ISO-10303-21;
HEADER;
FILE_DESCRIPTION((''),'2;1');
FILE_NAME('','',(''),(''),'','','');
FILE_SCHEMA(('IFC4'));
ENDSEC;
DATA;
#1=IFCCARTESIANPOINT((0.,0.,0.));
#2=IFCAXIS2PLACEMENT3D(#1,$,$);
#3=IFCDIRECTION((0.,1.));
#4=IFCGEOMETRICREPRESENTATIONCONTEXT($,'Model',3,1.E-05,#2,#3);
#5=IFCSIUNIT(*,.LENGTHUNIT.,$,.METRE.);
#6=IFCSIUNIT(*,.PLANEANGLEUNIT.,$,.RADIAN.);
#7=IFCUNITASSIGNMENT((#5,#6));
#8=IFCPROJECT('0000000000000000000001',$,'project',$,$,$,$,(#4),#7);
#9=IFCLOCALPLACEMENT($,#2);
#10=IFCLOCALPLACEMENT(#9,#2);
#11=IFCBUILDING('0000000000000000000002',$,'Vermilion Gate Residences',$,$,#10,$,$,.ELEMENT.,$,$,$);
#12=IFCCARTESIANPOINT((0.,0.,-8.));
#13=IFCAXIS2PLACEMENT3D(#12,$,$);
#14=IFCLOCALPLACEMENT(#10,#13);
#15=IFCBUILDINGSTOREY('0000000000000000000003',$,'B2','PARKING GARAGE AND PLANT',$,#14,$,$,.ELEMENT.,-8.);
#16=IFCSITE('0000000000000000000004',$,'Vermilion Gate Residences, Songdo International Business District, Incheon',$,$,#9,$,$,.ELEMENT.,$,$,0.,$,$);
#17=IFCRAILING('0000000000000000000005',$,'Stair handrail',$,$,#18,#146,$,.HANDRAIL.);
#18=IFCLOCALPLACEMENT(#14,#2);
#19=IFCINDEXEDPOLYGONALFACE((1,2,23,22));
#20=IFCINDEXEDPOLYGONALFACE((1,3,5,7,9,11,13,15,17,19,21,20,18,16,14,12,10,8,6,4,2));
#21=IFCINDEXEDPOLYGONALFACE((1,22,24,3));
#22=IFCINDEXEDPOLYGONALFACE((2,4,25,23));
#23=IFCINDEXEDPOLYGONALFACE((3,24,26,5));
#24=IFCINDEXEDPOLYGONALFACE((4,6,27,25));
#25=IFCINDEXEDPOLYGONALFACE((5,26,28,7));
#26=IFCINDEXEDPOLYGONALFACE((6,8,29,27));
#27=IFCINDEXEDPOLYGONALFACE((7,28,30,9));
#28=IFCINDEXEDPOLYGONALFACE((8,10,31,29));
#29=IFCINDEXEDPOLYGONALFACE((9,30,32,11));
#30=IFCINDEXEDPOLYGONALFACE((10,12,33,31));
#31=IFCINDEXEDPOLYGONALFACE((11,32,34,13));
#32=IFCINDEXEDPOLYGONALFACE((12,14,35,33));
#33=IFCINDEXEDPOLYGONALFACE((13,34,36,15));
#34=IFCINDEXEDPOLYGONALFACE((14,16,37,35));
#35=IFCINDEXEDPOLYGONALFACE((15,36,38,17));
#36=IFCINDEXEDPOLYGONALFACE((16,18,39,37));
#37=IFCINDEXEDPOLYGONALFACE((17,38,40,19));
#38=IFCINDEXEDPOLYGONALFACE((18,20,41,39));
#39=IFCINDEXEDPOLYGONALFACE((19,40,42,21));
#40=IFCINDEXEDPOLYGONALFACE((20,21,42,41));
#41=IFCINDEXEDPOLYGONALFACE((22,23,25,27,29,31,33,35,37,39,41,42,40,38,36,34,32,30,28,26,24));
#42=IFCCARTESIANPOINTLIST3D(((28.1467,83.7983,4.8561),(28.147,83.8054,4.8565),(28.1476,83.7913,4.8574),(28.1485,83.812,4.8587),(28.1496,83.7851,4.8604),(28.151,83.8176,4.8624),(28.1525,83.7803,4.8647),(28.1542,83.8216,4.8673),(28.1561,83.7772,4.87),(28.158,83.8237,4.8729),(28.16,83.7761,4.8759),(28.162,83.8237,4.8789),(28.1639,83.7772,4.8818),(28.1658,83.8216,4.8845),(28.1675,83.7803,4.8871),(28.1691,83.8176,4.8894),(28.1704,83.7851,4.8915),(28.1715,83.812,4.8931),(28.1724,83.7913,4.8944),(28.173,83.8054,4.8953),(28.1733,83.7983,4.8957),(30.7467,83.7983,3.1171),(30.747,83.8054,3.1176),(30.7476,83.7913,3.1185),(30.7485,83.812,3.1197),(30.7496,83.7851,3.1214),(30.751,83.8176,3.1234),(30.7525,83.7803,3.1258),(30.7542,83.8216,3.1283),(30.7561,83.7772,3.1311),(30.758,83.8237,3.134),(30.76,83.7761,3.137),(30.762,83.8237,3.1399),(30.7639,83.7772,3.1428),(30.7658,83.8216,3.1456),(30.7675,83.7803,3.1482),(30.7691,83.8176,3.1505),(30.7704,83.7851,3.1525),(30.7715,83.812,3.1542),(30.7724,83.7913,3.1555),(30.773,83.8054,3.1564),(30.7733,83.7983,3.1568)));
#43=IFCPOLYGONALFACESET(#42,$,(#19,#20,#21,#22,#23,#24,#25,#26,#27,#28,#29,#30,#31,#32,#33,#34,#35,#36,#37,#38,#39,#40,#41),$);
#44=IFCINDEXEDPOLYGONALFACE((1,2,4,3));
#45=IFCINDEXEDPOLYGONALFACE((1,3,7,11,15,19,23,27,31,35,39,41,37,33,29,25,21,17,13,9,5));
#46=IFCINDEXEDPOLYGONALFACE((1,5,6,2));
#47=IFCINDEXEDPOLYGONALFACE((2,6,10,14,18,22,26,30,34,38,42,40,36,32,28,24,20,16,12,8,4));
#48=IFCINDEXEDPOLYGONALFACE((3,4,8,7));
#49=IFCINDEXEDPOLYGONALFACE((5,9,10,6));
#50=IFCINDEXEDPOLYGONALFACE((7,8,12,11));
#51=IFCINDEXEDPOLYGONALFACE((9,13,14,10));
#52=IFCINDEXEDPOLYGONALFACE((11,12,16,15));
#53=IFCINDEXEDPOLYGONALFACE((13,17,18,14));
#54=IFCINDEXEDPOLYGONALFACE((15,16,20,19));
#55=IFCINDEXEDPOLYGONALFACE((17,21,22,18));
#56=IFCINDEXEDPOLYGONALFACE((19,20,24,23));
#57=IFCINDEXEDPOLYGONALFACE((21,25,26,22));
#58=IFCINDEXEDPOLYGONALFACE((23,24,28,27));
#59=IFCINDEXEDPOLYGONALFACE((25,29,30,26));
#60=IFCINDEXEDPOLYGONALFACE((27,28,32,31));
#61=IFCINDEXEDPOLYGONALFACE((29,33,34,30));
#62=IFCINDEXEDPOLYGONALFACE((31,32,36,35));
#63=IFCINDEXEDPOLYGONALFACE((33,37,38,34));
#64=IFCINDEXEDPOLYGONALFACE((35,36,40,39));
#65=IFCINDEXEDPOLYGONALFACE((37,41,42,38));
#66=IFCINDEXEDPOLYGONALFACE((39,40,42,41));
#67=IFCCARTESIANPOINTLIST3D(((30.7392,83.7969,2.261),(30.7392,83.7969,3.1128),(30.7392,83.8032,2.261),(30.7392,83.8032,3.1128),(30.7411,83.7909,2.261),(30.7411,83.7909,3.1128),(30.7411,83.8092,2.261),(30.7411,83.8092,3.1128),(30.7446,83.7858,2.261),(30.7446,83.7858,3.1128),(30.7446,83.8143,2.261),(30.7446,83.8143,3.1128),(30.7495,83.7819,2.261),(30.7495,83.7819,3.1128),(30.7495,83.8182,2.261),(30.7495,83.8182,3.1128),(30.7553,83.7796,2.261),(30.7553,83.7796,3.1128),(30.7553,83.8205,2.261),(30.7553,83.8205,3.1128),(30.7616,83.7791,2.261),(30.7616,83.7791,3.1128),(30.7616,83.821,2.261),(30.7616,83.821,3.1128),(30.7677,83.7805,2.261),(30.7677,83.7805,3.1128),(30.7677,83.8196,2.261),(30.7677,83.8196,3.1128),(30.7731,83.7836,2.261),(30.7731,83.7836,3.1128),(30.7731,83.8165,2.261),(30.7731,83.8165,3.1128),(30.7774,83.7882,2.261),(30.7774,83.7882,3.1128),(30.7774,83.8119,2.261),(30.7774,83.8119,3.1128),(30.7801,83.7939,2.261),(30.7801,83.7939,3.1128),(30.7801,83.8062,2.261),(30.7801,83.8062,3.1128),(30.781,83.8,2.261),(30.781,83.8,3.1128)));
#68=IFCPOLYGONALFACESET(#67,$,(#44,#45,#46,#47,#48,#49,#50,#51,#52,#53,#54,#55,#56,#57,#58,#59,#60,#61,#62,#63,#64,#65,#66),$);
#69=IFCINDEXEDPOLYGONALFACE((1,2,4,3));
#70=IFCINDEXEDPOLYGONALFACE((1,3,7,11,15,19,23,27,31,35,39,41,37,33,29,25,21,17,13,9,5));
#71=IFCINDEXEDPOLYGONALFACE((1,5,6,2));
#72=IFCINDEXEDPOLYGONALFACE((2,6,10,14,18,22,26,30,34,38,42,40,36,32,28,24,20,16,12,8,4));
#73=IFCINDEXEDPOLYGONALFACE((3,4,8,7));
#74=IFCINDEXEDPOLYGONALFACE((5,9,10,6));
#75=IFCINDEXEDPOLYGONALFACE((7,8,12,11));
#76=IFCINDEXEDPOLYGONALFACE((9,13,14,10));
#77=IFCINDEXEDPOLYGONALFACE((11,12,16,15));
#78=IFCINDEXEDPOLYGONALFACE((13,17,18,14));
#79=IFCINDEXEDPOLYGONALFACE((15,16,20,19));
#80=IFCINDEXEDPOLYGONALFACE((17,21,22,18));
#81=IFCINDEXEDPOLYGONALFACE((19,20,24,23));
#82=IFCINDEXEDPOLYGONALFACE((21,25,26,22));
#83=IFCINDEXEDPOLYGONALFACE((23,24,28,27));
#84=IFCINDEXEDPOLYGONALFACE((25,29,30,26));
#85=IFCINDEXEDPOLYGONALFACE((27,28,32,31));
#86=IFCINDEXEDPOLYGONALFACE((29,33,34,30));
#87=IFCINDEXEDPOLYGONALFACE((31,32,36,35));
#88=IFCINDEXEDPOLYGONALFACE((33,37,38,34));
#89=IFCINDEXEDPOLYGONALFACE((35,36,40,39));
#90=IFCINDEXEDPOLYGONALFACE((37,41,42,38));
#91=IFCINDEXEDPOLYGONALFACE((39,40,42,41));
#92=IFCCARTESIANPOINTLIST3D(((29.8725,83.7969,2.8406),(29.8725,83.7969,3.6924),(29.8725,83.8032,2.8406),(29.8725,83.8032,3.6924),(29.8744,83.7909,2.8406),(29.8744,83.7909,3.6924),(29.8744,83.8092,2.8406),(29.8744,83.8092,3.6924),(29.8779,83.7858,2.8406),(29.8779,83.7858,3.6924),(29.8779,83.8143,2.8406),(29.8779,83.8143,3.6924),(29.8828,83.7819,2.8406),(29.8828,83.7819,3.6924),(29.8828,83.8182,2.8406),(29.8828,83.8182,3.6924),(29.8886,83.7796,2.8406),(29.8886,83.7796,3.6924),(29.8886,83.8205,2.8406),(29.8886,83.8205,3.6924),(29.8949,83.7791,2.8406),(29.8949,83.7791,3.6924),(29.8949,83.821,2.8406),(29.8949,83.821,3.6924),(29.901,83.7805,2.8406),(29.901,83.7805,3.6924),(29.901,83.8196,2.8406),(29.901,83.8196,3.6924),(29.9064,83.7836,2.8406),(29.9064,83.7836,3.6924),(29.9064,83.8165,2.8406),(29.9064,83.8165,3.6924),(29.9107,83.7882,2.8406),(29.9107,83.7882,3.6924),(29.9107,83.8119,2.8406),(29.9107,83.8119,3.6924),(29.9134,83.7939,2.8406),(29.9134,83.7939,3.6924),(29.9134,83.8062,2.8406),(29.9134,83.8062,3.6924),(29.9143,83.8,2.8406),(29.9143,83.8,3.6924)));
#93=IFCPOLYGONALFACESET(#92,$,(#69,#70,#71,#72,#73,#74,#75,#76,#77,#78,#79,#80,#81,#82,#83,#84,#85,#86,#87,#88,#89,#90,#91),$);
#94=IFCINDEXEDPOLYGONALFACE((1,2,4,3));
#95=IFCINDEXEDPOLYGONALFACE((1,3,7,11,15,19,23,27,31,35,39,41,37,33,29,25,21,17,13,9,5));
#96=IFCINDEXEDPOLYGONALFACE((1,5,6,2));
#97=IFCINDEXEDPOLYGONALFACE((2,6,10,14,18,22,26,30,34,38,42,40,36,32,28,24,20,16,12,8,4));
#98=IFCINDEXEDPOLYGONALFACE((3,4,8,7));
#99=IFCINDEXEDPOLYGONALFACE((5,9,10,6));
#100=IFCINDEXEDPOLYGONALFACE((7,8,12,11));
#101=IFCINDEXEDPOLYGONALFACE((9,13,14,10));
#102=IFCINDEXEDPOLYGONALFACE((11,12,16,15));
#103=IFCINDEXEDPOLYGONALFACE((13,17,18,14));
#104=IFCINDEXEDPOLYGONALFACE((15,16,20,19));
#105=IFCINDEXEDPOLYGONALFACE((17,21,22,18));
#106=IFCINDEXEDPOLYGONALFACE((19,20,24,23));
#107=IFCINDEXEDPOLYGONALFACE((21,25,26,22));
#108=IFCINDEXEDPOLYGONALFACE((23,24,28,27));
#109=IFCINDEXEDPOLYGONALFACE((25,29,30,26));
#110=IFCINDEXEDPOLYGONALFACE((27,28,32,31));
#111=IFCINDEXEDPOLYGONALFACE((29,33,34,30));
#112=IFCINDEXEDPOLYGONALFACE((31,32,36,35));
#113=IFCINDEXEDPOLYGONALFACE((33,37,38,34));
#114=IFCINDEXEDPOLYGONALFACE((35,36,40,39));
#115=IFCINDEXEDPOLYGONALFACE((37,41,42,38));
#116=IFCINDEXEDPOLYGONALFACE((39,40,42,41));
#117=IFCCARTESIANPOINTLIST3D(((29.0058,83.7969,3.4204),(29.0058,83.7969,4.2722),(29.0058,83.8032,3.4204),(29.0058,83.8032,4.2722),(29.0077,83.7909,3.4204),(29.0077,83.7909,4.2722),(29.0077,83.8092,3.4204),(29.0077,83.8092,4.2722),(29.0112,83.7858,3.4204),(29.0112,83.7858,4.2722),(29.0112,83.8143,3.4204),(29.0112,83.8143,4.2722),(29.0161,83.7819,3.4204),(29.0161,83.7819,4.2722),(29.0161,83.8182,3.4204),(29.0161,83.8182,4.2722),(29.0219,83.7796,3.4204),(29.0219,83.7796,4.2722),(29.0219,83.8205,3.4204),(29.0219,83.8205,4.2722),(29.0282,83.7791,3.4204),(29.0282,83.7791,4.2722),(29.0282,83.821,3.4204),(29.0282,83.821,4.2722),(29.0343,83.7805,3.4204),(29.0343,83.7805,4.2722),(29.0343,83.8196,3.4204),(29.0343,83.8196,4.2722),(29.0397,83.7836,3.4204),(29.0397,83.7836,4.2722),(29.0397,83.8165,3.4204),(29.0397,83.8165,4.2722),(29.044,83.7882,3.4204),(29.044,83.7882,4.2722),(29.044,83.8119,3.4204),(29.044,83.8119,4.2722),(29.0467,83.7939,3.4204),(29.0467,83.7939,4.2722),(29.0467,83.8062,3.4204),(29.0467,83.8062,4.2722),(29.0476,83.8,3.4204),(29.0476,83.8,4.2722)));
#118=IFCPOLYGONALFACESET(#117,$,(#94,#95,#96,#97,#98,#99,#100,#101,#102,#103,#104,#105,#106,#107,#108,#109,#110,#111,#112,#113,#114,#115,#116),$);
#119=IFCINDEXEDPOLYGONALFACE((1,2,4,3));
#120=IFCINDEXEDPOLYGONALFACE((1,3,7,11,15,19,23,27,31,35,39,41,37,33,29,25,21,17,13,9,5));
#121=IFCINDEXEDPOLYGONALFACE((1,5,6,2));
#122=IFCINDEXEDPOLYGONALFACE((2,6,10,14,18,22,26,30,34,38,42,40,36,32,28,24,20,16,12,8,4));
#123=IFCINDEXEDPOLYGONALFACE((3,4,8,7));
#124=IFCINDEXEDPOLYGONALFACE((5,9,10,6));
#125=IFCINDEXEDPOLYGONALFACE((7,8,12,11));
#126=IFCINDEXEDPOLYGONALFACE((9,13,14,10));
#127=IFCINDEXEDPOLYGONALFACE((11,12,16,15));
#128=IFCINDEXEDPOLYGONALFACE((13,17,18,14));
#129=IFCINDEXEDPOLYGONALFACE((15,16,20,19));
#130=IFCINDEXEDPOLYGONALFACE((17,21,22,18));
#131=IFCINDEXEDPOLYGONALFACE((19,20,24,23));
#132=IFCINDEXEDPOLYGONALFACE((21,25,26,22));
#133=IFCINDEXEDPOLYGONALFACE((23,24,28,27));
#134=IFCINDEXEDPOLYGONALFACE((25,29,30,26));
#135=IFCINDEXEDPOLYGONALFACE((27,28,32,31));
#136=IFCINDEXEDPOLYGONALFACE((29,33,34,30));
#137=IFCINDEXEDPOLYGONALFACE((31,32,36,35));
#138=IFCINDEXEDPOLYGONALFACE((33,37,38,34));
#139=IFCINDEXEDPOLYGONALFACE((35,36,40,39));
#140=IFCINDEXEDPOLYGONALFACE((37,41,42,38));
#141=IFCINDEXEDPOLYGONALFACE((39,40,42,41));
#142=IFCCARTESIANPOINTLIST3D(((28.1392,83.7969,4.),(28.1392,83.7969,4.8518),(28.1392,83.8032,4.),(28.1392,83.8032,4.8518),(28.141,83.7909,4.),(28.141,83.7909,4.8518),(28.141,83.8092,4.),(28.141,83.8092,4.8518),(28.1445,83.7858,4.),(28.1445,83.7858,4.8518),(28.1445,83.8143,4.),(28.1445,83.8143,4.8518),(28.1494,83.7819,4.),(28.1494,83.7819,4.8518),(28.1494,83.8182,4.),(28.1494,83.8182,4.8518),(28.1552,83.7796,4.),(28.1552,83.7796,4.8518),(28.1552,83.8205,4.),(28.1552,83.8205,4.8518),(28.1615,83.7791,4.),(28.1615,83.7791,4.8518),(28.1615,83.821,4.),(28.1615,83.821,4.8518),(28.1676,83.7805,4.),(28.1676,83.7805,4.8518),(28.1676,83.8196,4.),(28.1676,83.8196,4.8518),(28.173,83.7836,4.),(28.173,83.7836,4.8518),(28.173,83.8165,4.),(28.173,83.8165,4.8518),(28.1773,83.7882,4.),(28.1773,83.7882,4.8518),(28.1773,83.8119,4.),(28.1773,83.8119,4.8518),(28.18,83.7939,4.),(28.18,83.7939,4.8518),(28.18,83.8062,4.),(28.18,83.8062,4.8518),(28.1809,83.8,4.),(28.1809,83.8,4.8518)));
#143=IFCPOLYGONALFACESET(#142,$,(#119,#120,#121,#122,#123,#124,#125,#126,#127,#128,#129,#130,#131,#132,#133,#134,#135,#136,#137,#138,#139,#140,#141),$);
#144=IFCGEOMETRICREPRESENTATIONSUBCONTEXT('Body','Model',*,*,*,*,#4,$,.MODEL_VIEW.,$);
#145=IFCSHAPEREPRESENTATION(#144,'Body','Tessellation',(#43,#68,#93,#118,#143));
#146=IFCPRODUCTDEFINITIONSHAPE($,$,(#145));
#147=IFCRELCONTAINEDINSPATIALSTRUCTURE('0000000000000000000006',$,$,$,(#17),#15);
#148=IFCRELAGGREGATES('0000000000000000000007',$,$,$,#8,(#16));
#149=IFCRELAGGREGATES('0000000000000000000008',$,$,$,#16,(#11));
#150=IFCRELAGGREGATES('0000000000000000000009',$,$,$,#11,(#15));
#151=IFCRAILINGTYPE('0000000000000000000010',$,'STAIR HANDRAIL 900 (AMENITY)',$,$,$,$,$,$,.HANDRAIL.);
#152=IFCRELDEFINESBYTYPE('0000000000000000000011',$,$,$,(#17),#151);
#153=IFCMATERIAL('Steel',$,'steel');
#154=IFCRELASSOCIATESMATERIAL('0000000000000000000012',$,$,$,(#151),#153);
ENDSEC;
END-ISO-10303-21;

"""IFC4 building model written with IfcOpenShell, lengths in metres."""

from ifc_helpers import new_model, si_unit, direction, frame, origin, origin_2d, place, context, subcontext, project, spatial, circle, extrude, material, type_object, element, save


model = new_model("IFC4")

# Units and contexts
model_context = context("Model", 3, precision=1e-05, world=origin(), true_north=direction((0.0, 1.0)))
body_context = subcontext(model_context, "Body", "Model", "MODEL_VIEW")
ifc_project = project(units=[si_unit("LENGTHUNIT", "METRE"), si_unit("PLANEANGLEUNIT", "RADIAN")], contexts=[model_context])

# Site, building, storey
site_placement = place(None, origin())
site = spatial("IfcSite", under=ifc_project, at=site_placement, Name="Vermilion Gate Residences, Songdo International Business District, Incheon", CompositionType="ELEMENT", RefElevation=0.0)
building_placement = place(site_placement, origin())
building = spatial("IfcBuilding", under=site, at=building_placement, Name="Vermilion Gate Residences", CompositionType="ELEMENT")
storey_placement = place(building_placement, frame((0.0, 0.0, -8.0)))
storey = spatial("IfcBuildingStorey", under=building, at=storey_placement, Name="B2", Description="PARKING GARAGE AND PLANT", CompositionType="ELEMENT", Elevation=-8.0)

# Railing
ifc_material_1 = material(Name="Steel", Category="steel")
railing_type = type_object("IfcRailingType", Name="STAIR HANDRAIL 900 (AMENITY)", PredefinedType="HANDRAIL", material=ifc_material_1)
railing_1_placement = place(storey_placement, frame((30.76, 83.8, 2.261)))
element("IfcRailing", 1, at=railing_1_placement, inside=storey, type_object=railing_type, Name="Stair handrail", PredefinedType="HANDRAIL", context=body_context, shape_type="SweptSolid", body=[
    extrude(circle(Radius=0.0239, at=origin_2d()), frame((0.0, 0.0, 0.876), z_axis=(-0.831221, 0.0, 0.555942), x_axis=(0.0, -1.0, 0.0)), (0.0, 0.0, 1.0), 3.1279),
    extrude(circle(Radius=0.021, at=origin_2d()), origin(), (0.0, 0.0, 1.0), 0.8518),
    extrude(circle(Radius=0.021, at=origin_2d()), frame((-0.8667, 0.0, 0.5796)), (0.0, 0.0, 1.0), 0.8518),
    extrude(circle(Radius=0.021, at=origin_2d()), frame((-1.7334, 0.0, 1.1594)), (0.0, 0.0, 1.0), 0.8518),
    extrude(circle(Radius=0.021, at=origin_2d()), frame((-2.6001, 0.0, 1.739)), (0.0, 0.0, 1.0), 0.8518),
])

save(model, "model.ifc")
